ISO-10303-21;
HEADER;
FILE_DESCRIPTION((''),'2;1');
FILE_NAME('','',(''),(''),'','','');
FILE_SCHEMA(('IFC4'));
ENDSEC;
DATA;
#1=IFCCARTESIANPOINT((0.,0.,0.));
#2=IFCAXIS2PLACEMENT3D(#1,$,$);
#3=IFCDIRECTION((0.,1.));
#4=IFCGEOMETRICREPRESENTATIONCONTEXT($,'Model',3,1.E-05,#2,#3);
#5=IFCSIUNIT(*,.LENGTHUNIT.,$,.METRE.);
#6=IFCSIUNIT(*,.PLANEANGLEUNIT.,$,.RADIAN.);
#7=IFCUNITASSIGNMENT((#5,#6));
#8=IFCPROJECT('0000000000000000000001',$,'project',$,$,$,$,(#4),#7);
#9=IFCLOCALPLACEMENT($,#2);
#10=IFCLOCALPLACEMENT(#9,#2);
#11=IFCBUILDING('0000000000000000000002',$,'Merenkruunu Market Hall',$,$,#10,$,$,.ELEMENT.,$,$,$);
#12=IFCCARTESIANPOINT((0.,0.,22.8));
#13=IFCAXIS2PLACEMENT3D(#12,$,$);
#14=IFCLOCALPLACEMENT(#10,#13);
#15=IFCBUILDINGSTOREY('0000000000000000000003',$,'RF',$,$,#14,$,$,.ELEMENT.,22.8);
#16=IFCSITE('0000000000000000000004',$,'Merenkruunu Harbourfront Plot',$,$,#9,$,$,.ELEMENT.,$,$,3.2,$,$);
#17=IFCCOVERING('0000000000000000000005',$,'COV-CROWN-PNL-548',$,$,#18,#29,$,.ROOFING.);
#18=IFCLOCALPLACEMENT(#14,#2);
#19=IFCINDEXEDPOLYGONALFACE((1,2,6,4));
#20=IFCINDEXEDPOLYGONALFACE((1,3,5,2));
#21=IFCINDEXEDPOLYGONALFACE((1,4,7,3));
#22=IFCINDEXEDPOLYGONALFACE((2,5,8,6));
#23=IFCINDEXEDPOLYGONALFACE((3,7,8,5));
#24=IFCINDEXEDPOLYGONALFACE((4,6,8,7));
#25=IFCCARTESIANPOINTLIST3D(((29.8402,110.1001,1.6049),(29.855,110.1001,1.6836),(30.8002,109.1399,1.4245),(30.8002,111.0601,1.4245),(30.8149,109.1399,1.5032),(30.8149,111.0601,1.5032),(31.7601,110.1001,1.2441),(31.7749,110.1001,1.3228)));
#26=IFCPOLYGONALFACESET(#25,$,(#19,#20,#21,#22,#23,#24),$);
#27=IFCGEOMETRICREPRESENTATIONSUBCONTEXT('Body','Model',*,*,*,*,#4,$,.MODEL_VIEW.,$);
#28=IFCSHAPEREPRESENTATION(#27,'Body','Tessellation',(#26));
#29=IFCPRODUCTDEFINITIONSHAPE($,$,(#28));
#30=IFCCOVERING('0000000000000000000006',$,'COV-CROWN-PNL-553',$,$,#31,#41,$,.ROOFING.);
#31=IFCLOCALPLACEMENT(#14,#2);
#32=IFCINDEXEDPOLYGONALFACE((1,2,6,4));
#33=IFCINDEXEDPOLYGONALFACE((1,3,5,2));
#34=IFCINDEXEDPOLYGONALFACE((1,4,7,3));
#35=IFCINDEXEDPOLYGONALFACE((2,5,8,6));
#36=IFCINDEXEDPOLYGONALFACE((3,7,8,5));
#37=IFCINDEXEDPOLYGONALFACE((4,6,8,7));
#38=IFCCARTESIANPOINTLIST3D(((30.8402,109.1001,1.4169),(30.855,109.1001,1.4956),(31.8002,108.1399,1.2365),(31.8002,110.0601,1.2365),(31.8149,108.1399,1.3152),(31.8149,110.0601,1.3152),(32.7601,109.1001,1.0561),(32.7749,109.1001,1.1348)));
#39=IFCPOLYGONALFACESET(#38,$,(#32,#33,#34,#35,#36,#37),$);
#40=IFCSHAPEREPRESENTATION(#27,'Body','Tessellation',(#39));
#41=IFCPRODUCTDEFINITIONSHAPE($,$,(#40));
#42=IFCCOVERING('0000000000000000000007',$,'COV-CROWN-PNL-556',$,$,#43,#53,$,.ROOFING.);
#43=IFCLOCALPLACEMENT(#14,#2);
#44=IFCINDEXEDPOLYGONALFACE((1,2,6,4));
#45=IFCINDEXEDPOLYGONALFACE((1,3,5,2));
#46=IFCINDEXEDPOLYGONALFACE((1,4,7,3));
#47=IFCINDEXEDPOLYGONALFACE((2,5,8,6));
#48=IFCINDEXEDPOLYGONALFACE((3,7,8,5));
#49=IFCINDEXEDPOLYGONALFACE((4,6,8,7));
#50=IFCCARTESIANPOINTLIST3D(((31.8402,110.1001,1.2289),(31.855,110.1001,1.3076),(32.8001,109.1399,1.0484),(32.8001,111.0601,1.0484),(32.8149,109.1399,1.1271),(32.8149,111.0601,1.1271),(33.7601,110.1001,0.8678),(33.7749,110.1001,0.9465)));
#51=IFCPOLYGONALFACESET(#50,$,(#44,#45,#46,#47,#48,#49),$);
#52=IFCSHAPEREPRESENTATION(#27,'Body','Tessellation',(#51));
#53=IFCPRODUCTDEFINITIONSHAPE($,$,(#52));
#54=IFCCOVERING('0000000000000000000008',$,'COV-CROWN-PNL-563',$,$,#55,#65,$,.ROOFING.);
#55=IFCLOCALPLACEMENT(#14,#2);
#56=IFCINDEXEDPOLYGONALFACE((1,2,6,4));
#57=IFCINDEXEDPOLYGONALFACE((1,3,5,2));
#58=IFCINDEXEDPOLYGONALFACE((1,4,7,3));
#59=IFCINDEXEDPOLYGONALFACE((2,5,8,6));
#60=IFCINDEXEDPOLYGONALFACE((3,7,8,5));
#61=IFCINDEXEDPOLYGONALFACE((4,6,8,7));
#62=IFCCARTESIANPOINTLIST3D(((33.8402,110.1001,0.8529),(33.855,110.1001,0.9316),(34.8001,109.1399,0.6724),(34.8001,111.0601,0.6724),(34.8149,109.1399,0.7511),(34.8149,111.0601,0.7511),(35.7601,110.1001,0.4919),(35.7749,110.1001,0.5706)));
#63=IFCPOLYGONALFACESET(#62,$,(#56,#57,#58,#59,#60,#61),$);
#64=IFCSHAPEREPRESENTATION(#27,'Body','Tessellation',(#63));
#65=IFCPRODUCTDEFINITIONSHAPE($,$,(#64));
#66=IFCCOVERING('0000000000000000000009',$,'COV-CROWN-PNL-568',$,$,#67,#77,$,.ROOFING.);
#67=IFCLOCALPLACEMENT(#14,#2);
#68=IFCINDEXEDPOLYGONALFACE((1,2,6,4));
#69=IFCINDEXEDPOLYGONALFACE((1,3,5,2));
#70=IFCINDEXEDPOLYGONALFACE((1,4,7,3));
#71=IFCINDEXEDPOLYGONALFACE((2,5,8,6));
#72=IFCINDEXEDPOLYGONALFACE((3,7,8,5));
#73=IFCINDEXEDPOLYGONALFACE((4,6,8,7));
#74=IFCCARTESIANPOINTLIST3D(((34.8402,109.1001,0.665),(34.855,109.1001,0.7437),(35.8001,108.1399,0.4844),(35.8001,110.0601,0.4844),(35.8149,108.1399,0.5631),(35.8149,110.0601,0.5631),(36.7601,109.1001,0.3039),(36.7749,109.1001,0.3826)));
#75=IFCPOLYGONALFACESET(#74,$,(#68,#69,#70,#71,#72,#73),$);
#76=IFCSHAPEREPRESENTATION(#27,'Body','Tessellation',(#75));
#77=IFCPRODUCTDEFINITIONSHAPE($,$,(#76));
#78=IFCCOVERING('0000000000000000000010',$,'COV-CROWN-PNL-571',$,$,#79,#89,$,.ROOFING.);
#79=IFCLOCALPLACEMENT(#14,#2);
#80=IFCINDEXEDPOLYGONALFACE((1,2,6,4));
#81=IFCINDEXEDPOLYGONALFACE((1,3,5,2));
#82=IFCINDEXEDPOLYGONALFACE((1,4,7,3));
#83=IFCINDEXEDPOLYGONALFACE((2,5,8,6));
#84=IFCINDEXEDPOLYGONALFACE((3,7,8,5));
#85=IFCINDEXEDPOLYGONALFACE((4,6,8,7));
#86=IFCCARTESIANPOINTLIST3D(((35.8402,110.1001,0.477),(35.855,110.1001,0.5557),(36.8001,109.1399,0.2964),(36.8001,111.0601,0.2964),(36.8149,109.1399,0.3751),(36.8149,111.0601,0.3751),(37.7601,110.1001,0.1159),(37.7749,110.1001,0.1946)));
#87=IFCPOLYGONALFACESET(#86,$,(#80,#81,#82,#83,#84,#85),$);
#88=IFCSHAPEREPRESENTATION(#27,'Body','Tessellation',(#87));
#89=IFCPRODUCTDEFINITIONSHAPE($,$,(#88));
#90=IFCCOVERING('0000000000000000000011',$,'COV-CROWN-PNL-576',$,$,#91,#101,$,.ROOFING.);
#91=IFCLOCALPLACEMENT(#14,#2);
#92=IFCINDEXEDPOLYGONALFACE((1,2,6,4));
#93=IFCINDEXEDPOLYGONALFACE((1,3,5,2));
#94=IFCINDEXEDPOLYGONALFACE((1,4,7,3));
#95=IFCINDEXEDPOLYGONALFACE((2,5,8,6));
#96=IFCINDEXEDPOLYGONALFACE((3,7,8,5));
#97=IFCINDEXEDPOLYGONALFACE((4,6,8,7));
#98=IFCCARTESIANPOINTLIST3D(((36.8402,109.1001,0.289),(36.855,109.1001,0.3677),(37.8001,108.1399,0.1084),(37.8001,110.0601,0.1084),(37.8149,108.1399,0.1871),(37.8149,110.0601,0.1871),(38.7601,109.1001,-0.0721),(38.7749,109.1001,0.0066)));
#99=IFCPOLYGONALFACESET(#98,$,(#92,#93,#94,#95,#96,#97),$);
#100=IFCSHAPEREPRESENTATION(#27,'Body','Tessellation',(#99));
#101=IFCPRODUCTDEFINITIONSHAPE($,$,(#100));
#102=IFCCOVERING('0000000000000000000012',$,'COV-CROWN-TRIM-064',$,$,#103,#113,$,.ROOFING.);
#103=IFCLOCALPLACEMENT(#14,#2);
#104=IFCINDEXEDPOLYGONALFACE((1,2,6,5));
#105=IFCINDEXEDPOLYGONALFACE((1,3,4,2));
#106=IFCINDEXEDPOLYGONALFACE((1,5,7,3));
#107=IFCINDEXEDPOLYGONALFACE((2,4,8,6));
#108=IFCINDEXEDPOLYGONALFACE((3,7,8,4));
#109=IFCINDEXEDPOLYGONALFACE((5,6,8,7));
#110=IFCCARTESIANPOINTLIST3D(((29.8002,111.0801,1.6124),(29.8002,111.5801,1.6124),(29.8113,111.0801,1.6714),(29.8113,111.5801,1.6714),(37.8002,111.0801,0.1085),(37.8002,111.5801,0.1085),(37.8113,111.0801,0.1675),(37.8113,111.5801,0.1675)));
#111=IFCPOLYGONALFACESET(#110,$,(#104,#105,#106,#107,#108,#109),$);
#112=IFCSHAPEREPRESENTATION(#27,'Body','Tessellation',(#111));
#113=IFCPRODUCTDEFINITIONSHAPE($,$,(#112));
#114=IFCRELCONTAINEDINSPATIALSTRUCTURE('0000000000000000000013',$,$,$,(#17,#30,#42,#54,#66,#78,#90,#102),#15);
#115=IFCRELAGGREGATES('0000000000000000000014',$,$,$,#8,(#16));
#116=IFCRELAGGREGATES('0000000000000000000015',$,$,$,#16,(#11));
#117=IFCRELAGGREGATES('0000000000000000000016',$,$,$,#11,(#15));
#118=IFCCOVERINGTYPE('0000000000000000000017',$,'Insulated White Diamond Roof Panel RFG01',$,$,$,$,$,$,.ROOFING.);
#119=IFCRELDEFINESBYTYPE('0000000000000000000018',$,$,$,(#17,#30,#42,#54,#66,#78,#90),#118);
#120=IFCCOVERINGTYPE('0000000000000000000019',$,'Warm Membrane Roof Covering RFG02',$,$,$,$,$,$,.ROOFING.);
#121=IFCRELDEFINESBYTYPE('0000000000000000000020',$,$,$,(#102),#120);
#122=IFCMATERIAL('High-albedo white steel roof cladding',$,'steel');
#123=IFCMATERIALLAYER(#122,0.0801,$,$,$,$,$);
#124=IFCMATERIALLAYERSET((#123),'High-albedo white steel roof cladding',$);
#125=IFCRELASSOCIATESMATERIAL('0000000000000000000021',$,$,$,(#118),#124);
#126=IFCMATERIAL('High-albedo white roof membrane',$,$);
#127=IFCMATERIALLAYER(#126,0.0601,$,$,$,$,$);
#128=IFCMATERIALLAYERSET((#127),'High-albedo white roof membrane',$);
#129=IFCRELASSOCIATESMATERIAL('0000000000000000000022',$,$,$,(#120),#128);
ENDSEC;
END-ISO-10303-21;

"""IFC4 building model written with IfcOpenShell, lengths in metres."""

from ifc_helpers import new_model, si_unit, direction, frame, origin, place, context, subcontext, project, spatial, polyline, outline, extrude, material, layer, layer_set, type_object, element, save


model = new_model("IFC4")

# Units and contexts
model_context = context("Model", 3, precision=1e-05, world=origin(), true_north=direction((0.0, 1.0)))
body_context = subcontext(model_context, "Body", "Model", "MODEL_VIEW")
ifc_project = project(units=[si_unit("LENGTHUNIT", "METRE"), si_unit("PLANEANGLEUNIT", "RADIAN")], contexts=[model_context])

# Site, building, storey
site_placement = place(None, origin())
site = spatial("IfcSite", under=ifc_project, at=site_placement, Name="Merenkruunu Harbourfront Plot", CompositionType="ELEMENT", RefElevation=3.2)
building_placement = place(site_placement, origin())
building = spatial("IfcBuilding", under=site, at=building_placement, Name="Merenkruunu Market Hall", CompositionType="ELEMENT")
storey_placement = place(building_placement, frame((0.0, 0.0, 22.8)))
storey = spatial("IfcBuildingStorey", under=building, at=storey_placement, Name="RF", CompositionType="ELEMENT", Elevation=22.8)

# Coverings
ifc_material_1 = material(Name="High-albedo white steel roof cladding", Category="steel")
ifc_layer_1 = layer(ifc_material_1, 0.0801)
ifc_layer_set_1 = layer_set([ifc_layer_1], Name="High-albedo white steel roof cladding")
covering_type_1 = type_object("IfcCoveringType", Name="Insulated White Diamond Roof Panel RFG01", PredefinedType="ROOFING", material=ifc_layer_set_1)
for number, where, z_axis, x_axis, name in (
    (1, (29.855, 110.1001, 1.6836), (0.184711, 0.0, 0.982793), (0.700856, -0.701035, -0.131722), "COV-CROWN-PNL-548"),
    (2, (30.855, 109.1001, 1.4956), (0.184711, 0.0, 0.982793), (0.700856, -0.701035, -0.131722), "COV-CROWN-PNL-553"),
):
    element("IfcCovering", number, at=place(storey_placement, frame(where, z_axis=z_axis, x_axis=x_axis)), inside=storey, type_object=covering_type_1, Name=name, PredefinedType="ROOFING", context=body_context, shape_type="SweptSolid", body=[
        extrude(outline(polyline([(0.0, 0.0), (1.3697, 0.0), (1.3931, 1.3695), (0.0236, 1.3693), (0.0, 0.0)])), origin(), (0.0, 0.0, -1.0), 0.0801),
    ])
for number, where, z_axis, x_axis, name in (
    (3, (31.855, 110.1001, 1.3076), (0.184832, 0.0, 0.98277), (0.70084, -0.701035, -0.131809), "COV-CROWN-PNL-556"),
    (4, (33.855, 110.1001, 0.9316), (0.184832, 0.0, 0.98277), (0.70084, -0.701035, -0.131809), "COV-CROWN-PNL-563"),
    (5, (34.855, 109.1001, 0.7437), (0.184832, 0.0, 0.98277), (0.70084, -0.701035, -0.131809), "COV-CROWN-PNL-568"),
    (6, (35.855, 110.1001, 0.5557), (0.184832, 0.0, 0.98277), (0.70084, -0.701035, -0.131809), "COV-CROWN-PNL-571"),
    (7, (36.855, 109.1001, 0.3677), (0.184832, 0.0, 0.98277), (0.70084, -0.701035, -0.131809), "COV-CROWN-PNL-576"),
):
    element("IfcCovering", number, at=place(storey_placement, frame(where, z_axis=z_axis, x_axis=x_axis)), inside=storey, type_object=covering_type_1, Name=name, PredefinedType="ROOFING", context=body_context, shape_type="SweptSolid", body=[
        extrude(outline(polyline([(0.0, 0.0), (1.3697, 0.0), (1.3932, 1.3695), (0.0236, 1.3693), (0.0, 0.0)])), origin(), (0.0, 0.0, -1.0), 0.0801),
    ])
ifc_material_2 = material(Name="High-albedo white roof membrane")
ifc_layer_2 = layer(ifc_material_2, 0.0601)
ifc_layer_set_2 = layer_set([ifc_layer_2], Name="High-albedo white roof membrane")
covering_type_2 = type_object("IfcCoveringType", Name="Warm Membrane Roof Covering RFG02", PredefinedType="ROOFING", material=ifc_layer_set_2)
covering_placement = place(storey_placement, frame((29.8113, 111.0801, 1.6714), z_axis=(0.184752, 0.0, 0.982785), x_axis=(0.982785, 0.0, -0.184752)))
element("IfcCovering", 8, at=covering_placement, inside=storey, type_object=covering_type_2, Name="COV-CROWN-TRIM-064", PredefinedType="ROOFING", context=body_context, shape_type="SweptSolid", body=[
    extrude(outline(polyline([(0.0, 0.0), (8.1401, 0.0), (8.1401, 0.5), (0.0, 0.5), (0.0, 0.0)])), origin(), (0.0, 0.0, -1.0), 0.0601),
])

save(model, "model.ifc")
